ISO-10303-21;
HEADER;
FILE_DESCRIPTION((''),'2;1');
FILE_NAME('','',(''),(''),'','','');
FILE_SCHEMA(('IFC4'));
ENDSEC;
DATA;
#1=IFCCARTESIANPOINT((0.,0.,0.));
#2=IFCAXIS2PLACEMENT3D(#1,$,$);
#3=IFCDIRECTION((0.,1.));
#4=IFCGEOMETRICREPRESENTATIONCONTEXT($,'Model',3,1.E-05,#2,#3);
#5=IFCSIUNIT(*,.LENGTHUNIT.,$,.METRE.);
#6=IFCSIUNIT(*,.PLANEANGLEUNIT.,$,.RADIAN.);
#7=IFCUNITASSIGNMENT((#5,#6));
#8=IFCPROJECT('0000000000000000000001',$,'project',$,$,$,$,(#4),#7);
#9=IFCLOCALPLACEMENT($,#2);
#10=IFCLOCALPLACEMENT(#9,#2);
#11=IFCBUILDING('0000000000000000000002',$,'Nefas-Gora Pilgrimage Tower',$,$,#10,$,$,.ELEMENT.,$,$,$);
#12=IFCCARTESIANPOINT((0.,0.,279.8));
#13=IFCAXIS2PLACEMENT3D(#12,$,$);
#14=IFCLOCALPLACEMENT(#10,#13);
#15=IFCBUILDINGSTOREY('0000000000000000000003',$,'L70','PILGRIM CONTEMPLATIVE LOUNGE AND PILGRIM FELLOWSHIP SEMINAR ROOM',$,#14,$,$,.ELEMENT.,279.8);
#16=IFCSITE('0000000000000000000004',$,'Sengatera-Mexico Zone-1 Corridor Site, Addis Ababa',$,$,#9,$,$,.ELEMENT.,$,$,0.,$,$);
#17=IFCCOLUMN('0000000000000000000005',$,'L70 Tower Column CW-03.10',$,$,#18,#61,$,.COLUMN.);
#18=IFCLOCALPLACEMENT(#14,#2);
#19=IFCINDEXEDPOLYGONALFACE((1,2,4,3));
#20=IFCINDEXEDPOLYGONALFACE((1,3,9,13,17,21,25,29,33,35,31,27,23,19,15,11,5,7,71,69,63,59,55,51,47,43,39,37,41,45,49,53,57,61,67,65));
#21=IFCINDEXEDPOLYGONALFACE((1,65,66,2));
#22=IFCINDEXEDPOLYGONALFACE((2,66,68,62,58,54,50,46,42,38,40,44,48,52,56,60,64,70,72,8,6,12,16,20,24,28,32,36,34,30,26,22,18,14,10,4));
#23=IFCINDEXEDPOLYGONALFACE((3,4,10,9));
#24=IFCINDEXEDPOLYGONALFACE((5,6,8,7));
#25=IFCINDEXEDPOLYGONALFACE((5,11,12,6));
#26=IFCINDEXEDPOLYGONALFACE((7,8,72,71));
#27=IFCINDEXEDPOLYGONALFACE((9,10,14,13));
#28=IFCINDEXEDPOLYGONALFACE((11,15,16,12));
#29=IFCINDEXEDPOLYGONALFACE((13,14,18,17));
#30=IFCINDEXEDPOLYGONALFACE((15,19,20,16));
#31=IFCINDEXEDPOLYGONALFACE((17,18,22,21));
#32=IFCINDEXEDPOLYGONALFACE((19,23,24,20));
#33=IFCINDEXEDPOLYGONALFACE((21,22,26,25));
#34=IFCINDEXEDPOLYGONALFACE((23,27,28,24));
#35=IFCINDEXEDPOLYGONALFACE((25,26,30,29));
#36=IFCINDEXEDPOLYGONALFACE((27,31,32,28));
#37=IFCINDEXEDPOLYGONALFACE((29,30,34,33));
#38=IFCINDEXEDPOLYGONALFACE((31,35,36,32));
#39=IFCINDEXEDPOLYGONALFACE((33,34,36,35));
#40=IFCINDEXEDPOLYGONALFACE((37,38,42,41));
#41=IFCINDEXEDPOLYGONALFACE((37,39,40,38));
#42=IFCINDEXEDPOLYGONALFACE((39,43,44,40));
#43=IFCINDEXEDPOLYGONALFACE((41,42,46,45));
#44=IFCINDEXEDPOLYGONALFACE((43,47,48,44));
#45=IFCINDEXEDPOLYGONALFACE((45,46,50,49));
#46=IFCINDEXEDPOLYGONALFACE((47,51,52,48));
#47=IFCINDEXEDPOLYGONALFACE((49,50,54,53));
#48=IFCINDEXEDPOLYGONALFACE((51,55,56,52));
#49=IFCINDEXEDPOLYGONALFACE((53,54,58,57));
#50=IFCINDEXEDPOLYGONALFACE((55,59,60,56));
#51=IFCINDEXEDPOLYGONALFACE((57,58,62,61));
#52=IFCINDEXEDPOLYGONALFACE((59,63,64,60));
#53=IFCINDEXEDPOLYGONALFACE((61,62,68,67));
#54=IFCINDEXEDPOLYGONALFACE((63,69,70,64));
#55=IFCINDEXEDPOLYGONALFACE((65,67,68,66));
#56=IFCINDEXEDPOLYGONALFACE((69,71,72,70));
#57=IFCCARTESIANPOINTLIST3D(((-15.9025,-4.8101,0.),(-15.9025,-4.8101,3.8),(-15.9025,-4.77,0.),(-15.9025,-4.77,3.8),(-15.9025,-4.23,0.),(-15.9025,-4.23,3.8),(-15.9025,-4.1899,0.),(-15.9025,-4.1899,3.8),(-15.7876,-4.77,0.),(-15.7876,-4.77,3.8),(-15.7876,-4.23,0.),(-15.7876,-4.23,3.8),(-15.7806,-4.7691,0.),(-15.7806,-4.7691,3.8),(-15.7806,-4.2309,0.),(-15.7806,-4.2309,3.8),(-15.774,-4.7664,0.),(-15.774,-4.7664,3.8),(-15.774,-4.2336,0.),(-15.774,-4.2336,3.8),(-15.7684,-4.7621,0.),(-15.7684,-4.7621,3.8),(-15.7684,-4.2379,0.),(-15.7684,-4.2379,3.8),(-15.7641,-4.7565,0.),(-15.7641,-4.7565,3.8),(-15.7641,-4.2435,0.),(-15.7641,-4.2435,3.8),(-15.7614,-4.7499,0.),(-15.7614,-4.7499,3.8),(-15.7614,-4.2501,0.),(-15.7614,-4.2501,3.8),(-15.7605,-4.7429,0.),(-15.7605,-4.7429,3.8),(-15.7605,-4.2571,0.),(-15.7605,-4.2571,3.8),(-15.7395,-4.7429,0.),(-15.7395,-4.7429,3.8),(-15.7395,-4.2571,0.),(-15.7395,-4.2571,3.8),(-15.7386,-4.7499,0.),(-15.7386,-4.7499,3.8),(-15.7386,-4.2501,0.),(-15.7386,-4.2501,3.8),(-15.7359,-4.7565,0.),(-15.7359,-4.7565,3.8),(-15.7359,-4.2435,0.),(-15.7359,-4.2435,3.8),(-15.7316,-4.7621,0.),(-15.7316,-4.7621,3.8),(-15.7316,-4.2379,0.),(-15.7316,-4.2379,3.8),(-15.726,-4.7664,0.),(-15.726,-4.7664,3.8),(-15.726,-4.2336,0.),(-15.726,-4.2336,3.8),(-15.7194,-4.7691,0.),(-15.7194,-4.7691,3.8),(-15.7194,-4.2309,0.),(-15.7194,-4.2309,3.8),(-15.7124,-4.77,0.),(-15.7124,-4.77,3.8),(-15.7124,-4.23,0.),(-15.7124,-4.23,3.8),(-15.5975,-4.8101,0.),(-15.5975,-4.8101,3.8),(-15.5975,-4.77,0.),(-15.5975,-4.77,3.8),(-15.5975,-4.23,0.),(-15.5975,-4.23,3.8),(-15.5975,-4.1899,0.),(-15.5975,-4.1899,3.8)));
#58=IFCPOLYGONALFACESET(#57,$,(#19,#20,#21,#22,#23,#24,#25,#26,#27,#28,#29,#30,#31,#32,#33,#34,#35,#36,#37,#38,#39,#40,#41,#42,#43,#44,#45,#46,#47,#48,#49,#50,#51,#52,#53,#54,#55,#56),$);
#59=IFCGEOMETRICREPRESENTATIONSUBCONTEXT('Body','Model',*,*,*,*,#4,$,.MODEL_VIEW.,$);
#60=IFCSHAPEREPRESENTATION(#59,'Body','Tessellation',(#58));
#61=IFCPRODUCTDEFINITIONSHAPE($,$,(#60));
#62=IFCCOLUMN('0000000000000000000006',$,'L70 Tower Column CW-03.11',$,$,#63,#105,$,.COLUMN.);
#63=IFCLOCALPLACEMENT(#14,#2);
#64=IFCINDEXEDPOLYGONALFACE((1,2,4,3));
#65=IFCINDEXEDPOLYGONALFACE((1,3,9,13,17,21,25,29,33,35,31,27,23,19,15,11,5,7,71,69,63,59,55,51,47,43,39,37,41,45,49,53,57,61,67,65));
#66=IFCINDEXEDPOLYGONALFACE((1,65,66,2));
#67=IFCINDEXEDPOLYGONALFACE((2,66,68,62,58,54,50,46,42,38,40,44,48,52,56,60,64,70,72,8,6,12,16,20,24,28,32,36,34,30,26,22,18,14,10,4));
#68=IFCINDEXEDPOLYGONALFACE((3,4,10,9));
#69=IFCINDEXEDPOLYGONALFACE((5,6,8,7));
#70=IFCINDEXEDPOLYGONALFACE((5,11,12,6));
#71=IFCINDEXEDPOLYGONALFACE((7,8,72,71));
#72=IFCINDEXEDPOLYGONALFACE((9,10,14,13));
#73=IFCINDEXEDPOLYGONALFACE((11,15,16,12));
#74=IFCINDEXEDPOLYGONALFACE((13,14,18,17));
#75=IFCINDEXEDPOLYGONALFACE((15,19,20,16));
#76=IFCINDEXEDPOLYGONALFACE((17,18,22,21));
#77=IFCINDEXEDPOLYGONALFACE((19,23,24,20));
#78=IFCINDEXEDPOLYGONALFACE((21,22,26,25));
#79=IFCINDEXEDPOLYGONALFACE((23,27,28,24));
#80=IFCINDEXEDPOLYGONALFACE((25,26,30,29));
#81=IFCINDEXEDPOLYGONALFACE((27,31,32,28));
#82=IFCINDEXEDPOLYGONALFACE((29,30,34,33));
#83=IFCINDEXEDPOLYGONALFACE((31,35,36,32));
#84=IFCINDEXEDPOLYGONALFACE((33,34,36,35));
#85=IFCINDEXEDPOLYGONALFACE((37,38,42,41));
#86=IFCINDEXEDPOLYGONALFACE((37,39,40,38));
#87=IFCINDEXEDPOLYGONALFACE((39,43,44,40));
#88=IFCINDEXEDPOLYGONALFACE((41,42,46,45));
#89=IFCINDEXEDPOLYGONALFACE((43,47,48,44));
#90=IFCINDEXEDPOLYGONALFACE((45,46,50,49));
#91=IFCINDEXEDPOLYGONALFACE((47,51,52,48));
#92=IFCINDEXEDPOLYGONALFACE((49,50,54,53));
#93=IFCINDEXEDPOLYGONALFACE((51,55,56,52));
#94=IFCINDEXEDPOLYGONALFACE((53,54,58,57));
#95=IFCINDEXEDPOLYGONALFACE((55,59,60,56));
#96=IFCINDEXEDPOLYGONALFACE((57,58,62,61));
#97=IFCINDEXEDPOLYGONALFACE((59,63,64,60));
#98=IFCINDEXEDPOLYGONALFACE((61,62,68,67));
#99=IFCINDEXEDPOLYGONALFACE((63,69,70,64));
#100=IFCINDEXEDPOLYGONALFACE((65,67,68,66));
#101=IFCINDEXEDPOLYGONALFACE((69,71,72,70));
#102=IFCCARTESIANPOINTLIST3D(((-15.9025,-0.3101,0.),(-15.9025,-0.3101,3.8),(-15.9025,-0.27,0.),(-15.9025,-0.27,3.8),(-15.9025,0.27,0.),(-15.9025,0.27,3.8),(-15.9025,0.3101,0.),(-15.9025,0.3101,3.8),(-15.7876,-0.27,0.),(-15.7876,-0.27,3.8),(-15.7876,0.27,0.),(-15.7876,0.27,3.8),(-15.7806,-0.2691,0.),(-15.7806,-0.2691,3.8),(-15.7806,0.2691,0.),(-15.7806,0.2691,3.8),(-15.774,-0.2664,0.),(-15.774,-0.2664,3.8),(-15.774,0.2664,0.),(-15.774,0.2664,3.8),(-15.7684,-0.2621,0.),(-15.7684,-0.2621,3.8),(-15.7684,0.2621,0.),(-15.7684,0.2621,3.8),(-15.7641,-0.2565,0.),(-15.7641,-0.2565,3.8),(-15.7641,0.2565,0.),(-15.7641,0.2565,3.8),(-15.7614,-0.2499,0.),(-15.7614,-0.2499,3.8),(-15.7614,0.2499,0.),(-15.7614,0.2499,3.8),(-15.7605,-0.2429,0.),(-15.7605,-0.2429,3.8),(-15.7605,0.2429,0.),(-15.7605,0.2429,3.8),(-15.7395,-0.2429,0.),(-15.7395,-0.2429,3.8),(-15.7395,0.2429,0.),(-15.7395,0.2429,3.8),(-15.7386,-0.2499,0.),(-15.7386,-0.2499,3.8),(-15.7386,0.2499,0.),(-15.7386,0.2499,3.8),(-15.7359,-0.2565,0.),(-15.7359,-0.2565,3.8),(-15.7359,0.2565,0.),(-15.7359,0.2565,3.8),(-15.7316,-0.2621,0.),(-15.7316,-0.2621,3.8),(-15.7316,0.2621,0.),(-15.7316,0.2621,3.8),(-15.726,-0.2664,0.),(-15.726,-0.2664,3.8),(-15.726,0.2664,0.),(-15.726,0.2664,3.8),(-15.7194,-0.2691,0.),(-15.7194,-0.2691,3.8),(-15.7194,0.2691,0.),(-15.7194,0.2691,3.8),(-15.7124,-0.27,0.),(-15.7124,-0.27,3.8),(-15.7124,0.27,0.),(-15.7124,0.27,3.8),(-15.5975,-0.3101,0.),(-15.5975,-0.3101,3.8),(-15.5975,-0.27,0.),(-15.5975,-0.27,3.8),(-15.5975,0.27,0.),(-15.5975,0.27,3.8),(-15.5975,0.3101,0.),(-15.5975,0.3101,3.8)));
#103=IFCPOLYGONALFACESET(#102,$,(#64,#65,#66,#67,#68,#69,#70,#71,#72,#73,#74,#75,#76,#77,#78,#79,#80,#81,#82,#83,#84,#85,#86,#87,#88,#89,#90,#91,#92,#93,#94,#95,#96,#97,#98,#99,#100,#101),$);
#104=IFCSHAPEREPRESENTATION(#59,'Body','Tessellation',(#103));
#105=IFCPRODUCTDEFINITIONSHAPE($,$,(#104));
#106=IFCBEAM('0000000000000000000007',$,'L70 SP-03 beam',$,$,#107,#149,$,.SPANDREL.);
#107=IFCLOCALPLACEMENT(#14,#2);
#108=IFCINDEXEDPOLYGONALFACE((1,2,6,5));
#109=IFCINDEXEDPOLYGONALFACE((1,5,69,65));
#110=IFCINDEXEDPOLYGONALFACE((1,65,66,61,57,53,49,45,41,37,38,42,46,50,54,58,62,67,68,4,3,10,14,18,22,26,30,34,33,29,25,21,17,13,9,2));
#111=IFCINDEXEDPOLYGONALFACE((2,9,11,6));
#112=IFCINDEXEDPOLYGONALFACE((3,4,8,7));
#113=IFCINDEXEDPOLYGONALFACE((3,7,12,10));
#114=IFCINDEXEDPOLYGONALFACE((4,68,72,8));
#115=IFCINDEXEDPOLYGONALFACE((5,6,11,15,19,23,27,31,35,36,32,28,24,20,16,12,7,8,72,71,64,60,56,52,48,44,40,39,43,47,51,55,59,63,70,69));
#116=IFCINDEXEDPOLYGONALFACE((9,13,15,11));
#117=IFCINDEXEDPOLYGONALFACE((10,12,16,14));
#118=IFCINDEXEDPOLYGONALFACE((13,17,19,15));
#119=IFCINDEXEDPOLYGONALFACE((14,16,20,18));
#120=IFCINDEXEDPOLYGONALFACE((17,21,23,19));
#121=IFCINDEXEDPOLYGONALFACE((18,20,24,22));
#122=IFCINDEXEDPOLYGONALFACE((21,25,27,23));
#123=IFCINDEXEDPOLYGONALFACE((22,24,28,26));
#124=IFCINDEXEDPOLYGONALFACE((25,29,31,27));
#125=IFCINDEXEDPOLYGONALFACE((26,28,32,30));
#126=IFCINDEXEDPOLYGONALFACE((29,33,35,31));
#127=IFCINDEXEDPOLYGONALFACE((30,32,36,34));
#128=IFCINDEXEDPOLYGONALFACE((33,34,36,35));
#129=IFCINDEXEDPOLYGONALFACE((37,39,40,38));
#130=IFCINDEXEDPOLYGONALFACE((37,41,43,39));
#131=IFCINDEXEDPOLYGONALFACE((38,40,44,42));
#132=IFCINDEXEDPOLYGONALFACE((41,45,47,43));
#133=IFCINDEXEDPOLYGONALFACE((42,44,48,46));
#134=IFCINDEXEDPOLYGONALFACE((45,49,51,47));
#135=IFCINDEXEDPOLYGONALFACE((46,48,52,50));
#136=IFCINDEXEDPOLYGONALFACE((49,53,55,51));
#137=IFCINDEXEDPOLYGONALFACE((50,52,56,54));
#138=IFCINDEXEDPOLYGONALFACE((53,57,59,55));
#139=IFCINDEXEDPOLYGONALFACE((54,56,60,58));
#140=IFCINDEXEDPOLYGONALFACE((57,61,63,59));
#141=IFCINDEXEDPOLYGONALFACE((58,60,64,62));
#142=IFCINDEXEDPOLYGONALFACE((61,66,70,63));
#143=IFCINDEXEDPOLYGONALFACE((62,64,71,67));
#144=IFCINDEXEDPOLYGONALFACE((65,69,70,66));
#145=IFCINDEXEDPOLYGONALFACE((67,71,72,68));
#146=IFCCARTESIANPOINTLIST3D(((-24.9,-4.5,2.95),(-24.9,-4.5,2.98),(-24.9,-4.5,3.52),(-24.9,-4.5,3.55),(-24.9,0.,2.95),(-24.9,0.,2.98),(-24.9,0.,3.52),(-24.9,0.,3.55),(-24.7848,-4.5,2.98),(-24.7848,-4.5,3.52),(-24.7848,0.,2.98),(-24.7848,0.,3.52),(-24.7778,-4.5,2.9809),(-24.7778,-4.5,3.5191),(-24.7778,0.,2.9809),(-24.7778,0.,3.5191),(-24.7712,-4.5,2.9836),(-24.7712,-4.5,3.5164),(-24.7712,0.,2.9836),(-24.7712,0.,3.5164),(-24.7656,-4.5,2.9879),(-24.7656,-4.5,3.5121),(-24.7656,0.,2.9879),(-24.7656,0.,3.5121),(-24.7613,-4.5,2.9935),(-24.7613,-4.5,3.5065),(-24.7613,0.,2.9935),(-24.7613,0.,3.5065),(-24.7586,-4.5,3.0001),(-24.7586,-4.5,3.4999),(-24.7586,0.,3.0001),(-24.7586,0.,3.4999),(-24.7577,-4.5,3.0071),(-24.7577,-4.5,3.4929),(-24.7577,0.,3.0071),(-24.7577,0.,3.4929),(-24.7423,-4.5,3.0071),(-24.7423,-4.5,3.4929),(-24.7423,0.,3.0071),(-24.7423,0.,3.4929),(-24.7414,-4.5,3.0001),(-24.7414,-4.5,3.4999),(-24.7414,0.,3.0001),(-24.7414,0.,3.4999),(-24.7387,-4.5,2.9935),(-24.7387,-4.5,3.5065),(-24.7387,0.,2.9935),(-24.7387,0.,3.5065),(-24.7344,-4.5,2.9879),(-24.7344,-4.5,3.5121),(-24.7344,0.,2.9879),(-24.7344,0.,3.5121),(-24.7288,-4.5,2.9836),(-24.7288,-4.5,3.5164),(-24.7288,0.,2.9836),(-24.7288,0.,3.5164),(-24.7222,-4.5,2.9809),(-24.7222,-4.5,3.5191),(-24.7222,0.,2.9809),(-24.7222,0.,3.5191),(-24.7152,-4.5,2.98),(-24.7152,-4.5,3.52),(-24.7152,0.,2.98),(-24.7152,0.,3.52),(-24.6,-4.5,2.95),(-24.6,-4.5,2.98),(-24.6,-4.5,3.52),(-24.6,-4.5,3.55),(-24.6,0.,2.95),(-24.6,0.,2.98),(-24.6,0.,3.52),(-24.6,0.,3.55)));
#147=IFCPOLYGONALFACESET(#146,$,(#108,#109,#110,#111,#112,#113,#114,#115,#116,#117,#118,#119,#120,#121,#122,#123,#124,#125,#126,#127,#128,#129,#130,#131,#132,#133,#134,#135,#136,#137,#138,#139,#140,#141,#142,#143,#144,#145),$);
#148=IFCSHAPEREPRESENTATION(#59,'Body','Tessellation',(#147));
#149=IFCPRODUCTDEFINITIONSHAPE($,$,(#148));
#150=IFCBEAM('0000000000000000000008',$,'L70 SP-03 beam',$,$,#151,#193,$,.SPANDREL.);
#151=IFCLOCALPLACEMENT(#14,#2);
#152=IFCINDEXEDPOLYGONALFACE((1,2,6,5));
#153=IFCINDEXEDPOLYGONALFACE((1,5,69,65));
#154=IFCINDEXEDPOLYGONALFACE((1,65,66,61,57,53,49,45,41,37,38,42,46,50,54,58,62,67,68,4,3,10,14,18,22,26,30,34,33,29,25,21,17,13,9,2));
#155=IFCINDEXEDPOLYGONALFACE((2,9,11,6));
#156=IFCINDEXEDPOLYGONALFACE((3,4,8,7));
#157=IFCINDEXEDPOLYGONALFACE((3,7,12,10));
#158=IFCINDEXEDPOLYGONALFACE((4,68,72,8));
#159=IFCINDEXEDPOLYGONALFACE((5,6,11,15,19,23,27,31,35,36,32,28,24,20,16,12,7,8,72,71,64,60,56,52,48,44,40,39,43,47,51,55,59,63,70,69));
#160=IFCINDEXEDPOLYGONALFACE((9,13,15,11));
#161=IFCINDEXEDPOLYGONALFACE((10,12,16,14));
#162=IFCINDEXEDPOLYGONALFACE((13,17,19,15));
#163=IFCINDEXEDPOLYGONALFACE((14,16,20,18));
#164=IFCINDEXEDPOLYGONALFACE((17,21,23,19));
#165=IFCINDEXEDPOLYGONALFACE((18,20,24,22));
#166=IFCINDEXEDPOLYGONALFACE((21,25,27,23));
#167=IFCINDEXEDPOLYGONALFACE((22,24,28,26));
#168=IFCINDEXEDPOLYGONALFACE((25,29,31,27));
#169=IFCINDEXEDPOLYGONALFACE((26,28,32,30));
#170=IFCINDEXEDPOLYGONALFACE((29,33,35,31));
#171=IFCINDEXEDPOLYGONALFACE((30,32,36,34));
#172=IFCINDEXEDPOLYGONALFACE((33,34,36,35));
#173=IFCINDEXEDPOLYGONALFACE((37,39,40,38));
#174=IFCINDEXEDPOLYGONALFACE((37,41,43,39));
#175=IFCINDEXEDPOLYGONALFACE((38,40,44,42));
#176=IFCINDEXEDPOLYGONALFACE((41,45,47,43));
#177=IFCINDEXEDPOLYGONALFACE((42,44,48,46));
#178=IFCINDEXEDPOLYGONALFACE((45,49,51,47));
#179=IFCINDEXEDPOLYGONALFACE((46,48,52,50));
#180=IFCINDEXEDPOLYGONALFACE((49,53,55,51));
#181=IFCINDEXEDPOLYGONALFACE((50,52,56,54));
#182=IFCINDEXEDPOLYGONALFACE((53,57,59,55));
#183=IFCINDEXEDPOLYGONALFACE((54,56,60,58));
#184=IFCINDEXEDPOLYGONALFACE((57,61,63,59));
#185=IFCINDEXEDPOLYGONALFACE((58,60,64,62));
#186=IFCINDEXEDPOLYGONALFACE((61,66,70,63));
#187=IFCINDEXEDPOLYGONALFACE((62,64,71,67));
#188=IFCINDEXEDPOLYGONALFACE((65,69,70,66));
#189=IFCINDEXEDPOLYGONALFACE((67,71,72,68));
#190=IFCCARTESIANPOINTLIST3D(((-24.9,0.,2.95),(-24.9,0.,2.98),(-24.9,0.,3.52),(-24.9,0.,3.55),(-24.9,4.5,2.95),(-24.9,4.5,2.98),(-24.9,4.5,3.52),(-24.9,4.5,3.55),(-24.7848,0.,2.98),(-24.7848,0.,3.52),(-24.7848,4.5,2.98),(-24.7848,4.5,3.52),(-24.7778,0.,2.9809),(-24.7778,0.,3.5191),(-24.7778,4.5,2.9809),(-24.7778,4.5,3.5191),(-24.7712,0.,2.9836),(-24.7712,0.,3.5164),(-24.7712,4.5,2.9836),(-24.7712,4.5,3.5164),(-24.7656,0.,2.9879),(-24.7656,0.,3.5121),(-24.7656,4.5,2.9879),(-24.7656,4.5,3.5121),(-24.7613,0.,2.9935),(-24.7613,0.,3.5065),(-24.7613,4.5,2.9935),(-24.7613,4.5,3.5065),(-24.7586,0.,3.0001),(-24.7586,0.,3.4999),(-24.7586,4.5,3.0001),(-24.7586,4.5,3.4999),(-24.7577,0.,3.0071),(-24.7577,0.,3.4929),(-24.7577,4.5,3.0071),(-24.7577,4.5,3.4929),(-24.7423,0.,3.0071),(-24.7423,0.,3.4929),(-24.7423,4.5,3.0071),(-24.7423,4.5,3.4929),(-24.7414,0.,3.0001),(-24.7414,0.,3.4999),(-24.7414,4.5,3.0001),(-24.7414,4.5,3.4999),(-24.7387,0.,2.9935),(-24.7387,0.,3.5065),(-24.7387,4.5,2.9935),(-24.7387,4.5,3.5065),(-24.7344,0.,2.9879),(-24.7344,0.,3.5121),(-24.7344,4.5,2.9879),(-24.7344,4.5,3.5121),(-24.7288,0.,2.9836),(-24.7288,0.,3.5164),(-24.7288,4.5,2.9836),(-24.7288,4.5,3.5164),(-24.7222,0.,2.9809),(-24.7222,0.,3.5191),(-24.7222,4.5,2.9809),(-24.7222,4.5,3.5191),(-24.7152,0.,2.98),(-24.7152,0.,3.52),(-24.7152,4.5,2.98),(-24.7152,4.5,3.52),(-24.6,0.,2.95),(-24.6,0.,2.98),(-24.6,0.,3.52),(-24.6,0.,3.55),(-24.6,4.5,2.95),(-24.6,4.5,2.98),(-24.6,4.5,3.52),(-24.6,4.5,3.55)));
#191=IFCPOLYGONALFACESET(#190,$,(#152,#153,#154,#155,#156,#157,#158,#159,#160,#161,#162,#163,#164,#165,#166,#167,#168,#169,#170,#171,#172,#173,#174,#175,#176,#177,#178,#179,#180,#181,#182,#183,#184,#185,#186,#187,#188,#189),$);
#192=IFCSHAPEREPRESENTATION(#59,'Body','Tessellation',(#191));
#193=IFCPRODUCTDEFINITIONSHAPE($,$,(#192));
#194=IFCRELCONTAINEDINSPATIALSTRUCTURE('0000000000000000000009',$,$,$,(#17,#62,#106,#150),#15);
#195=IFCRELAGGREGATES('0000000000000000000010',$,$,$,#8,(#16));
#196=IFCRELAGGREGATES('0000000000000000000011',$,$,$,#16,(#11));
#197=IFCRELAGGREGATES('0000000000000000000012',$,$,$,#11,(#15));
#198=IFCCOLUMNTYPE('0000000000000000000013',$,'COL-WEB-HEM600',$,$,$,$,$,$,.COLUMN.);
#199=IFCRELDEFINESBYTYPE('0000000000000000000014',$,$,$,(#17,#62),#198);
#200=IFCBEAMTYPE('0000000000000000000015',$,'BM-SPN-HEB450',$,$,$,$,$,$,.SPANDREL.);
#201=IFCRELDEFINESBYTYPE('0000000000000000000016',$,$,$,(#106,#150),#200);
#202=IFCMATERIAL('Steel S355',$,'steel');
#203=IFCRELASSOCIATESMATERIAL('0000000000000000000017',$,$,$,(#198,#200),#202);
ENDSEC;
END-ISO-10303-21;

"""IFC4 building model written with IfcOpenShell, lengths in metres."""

from ifc_helpers import new_model, si_unit, direction, frame, origin, origin_2d, place, context, subcontext, project, spatial, i_section, extrude, source, transform, mapped, material, material_profile, profile_set, type_object, element, save


model = new_model("IFC4")

# Units and contexts
model_context = context("Model", 3, precision=1e-05, world=origin(), true_north=direction((0.0, 1.0)))
body_context = subcontext(model_context, "Body", "Model", "MODEL_VIEW")
ifc_project = project(units=[si_unit("LENGTHUNIT", "METRE"), si_unit("PLANEANGLEUNIT", "RADIAN")], contexts=[model_context])

# Site, building, storey
site_placement = place(None, origin())
site = spatial("IfcSite", under=ifc_project, at=site_placement, Name="Sengatera-Mexico Zone-1 Corridor Site, Addis Ababa", CompositionType="ELEMENT", RefElevation=0.0)
building_placement = place(site_placement, origin())
building = spatial("IfcBuilding", under=site, at=building_placement, Name="Nefas-Gora Pilgrimage Tower", CompositionType="ELEMENT")
storey_placement = place(building_placement, frame((0.0, 0.0, 279.8)))
storey = spatial("IfcBuildingStorey", under=building, at=storey_placement, Name="L70", Description="PILGRIM CONTEMPLATIVE LOUNGE AND PILGRIM FELLOWSHIP SEMINAR ROOM", CompositionType="ELEMENT", Elevation=279.8)

# Columns
ifc_material_1 = material(Name="Steel S355", Category="steel")
ifc_material_profile_1 = material_profile(ifc_material_1, i_section(OverallWidth=0.3049, OverallDepth=0.6201, WebThickness=0.021, FlangeThickness=0.04, FilletRadius=0.0271, at=origin_2d()), Name="HEM 600")
ifc_profile_set_1 = profile_set([ifc_material_profile_1], Name="Steel S355")
column_type_1 = type_object("IfcColumnType", Name="COL-WEB-HEM600", PredefinedType="COLUMN", material=ifc_profile_set_1)
shared_shape_1 = source(origin(), body_context, "Body", "SweptSolid", [
    extrude(i_section(OverallWidth=0.3049, OverallDepth=0.6201, WebThickness=0.021, FlangeThickness=0.04, FilletRadius=0.0271, at=origin_2d()), origin(), (0.0, 0.0, 1.0), 3.8),
])
for number, where, z_axis, x_axis, name in (
    (1, (-15.75, -4.5, 0.0), (0.0, 0.0, 1.0), (1.0, 0.0, 0.0), "L70 Tower Column CW-03.10"),
    (2, (-15.75, 0.0, 0.0), (0.0, 0.0, 1.0), (1.0, 0.0, 0.0), "L70 Tower Column CW-03.11"),
):
    element("IfcColumn", number, at=place(storey_placement, frame(where, z_axis=z_axis, x_axis=x_axis)), inside=storey, type_object=column_type_1, Name=name, PredefinedType="COLUMN", context=body_context, shape_type="MappedRepresentation", body=[
        mapped(shared_shape_1, transform((0.0, 0.0, 0.0), x_axis=(1.0, 0.0, 0.0), y_axis=(0.0, 1.0, 0.0), z_axis=(0.0, 0.0, 1.0), scale=1.0)),
    ])

# Beams
ifc_material_profile_2 = material_profile(ifc_material_1, i_section(OverallWidth=0.3, OverallDepth=0.6001, WebThickness=0.0154, FlangeThickness=0.03, FilletRadius=0.0271, at=origin_2d()), Name="HEB 600")
ifc_profile_set_2 = profile_set([ifc_material_profile_2], Name="Steel S355")
beam_type_1 = type_object("IfcBeamType", Name="BM-SPN-HEB450", PredefinedType="SPANDREL", material=ifc_profile_set_2)
shared_shape_2 = source(origin(), body_context, "Body", "SweptSolid", [
    extrude(i_section(OverallWidth=0.3, OverallDepth=0.6001, WebThickness=0.0154, FlangeThickness=0.03, FilletRadius=0.0271, at=origin_2d()), origin(), (0.0, 0.0, 1.0), 4.5),
])
for number, where, z_axis, x_axis, name in (
    (3, (-24.75, -4.5, 3.25), (0.0, 1.0, 0.0), (-1.0, 0.0, 0.0), "L70 SP-03 beam"),
    (4, (-24.75, 0.0, 3.25), (0.0, 1.0, 0.0), (-1.0, 0.0, 0.0), "L70 SP-03 beam"),
):
    element("IfcBeam", number, at=place(storey_placement, frame(where, z_axis=z_axis, x_axis=x_axis)), inside=storey, type_object=beam_type_1, Name=name, PredefinedType="SPANDREL", context=body_context, shape_type="MappedRepresentation", body=[
        mapped(shared_shape_2, transform((0.0, 0.0, 0.0), x_axis=(1.0, 0.0, 0.0), y_axis=(0.0, 1.0, 0.0), z_axis=(0.0, 0.0, 1.0), scale=1.0)),
    ])

save(model, "model.ifc")
